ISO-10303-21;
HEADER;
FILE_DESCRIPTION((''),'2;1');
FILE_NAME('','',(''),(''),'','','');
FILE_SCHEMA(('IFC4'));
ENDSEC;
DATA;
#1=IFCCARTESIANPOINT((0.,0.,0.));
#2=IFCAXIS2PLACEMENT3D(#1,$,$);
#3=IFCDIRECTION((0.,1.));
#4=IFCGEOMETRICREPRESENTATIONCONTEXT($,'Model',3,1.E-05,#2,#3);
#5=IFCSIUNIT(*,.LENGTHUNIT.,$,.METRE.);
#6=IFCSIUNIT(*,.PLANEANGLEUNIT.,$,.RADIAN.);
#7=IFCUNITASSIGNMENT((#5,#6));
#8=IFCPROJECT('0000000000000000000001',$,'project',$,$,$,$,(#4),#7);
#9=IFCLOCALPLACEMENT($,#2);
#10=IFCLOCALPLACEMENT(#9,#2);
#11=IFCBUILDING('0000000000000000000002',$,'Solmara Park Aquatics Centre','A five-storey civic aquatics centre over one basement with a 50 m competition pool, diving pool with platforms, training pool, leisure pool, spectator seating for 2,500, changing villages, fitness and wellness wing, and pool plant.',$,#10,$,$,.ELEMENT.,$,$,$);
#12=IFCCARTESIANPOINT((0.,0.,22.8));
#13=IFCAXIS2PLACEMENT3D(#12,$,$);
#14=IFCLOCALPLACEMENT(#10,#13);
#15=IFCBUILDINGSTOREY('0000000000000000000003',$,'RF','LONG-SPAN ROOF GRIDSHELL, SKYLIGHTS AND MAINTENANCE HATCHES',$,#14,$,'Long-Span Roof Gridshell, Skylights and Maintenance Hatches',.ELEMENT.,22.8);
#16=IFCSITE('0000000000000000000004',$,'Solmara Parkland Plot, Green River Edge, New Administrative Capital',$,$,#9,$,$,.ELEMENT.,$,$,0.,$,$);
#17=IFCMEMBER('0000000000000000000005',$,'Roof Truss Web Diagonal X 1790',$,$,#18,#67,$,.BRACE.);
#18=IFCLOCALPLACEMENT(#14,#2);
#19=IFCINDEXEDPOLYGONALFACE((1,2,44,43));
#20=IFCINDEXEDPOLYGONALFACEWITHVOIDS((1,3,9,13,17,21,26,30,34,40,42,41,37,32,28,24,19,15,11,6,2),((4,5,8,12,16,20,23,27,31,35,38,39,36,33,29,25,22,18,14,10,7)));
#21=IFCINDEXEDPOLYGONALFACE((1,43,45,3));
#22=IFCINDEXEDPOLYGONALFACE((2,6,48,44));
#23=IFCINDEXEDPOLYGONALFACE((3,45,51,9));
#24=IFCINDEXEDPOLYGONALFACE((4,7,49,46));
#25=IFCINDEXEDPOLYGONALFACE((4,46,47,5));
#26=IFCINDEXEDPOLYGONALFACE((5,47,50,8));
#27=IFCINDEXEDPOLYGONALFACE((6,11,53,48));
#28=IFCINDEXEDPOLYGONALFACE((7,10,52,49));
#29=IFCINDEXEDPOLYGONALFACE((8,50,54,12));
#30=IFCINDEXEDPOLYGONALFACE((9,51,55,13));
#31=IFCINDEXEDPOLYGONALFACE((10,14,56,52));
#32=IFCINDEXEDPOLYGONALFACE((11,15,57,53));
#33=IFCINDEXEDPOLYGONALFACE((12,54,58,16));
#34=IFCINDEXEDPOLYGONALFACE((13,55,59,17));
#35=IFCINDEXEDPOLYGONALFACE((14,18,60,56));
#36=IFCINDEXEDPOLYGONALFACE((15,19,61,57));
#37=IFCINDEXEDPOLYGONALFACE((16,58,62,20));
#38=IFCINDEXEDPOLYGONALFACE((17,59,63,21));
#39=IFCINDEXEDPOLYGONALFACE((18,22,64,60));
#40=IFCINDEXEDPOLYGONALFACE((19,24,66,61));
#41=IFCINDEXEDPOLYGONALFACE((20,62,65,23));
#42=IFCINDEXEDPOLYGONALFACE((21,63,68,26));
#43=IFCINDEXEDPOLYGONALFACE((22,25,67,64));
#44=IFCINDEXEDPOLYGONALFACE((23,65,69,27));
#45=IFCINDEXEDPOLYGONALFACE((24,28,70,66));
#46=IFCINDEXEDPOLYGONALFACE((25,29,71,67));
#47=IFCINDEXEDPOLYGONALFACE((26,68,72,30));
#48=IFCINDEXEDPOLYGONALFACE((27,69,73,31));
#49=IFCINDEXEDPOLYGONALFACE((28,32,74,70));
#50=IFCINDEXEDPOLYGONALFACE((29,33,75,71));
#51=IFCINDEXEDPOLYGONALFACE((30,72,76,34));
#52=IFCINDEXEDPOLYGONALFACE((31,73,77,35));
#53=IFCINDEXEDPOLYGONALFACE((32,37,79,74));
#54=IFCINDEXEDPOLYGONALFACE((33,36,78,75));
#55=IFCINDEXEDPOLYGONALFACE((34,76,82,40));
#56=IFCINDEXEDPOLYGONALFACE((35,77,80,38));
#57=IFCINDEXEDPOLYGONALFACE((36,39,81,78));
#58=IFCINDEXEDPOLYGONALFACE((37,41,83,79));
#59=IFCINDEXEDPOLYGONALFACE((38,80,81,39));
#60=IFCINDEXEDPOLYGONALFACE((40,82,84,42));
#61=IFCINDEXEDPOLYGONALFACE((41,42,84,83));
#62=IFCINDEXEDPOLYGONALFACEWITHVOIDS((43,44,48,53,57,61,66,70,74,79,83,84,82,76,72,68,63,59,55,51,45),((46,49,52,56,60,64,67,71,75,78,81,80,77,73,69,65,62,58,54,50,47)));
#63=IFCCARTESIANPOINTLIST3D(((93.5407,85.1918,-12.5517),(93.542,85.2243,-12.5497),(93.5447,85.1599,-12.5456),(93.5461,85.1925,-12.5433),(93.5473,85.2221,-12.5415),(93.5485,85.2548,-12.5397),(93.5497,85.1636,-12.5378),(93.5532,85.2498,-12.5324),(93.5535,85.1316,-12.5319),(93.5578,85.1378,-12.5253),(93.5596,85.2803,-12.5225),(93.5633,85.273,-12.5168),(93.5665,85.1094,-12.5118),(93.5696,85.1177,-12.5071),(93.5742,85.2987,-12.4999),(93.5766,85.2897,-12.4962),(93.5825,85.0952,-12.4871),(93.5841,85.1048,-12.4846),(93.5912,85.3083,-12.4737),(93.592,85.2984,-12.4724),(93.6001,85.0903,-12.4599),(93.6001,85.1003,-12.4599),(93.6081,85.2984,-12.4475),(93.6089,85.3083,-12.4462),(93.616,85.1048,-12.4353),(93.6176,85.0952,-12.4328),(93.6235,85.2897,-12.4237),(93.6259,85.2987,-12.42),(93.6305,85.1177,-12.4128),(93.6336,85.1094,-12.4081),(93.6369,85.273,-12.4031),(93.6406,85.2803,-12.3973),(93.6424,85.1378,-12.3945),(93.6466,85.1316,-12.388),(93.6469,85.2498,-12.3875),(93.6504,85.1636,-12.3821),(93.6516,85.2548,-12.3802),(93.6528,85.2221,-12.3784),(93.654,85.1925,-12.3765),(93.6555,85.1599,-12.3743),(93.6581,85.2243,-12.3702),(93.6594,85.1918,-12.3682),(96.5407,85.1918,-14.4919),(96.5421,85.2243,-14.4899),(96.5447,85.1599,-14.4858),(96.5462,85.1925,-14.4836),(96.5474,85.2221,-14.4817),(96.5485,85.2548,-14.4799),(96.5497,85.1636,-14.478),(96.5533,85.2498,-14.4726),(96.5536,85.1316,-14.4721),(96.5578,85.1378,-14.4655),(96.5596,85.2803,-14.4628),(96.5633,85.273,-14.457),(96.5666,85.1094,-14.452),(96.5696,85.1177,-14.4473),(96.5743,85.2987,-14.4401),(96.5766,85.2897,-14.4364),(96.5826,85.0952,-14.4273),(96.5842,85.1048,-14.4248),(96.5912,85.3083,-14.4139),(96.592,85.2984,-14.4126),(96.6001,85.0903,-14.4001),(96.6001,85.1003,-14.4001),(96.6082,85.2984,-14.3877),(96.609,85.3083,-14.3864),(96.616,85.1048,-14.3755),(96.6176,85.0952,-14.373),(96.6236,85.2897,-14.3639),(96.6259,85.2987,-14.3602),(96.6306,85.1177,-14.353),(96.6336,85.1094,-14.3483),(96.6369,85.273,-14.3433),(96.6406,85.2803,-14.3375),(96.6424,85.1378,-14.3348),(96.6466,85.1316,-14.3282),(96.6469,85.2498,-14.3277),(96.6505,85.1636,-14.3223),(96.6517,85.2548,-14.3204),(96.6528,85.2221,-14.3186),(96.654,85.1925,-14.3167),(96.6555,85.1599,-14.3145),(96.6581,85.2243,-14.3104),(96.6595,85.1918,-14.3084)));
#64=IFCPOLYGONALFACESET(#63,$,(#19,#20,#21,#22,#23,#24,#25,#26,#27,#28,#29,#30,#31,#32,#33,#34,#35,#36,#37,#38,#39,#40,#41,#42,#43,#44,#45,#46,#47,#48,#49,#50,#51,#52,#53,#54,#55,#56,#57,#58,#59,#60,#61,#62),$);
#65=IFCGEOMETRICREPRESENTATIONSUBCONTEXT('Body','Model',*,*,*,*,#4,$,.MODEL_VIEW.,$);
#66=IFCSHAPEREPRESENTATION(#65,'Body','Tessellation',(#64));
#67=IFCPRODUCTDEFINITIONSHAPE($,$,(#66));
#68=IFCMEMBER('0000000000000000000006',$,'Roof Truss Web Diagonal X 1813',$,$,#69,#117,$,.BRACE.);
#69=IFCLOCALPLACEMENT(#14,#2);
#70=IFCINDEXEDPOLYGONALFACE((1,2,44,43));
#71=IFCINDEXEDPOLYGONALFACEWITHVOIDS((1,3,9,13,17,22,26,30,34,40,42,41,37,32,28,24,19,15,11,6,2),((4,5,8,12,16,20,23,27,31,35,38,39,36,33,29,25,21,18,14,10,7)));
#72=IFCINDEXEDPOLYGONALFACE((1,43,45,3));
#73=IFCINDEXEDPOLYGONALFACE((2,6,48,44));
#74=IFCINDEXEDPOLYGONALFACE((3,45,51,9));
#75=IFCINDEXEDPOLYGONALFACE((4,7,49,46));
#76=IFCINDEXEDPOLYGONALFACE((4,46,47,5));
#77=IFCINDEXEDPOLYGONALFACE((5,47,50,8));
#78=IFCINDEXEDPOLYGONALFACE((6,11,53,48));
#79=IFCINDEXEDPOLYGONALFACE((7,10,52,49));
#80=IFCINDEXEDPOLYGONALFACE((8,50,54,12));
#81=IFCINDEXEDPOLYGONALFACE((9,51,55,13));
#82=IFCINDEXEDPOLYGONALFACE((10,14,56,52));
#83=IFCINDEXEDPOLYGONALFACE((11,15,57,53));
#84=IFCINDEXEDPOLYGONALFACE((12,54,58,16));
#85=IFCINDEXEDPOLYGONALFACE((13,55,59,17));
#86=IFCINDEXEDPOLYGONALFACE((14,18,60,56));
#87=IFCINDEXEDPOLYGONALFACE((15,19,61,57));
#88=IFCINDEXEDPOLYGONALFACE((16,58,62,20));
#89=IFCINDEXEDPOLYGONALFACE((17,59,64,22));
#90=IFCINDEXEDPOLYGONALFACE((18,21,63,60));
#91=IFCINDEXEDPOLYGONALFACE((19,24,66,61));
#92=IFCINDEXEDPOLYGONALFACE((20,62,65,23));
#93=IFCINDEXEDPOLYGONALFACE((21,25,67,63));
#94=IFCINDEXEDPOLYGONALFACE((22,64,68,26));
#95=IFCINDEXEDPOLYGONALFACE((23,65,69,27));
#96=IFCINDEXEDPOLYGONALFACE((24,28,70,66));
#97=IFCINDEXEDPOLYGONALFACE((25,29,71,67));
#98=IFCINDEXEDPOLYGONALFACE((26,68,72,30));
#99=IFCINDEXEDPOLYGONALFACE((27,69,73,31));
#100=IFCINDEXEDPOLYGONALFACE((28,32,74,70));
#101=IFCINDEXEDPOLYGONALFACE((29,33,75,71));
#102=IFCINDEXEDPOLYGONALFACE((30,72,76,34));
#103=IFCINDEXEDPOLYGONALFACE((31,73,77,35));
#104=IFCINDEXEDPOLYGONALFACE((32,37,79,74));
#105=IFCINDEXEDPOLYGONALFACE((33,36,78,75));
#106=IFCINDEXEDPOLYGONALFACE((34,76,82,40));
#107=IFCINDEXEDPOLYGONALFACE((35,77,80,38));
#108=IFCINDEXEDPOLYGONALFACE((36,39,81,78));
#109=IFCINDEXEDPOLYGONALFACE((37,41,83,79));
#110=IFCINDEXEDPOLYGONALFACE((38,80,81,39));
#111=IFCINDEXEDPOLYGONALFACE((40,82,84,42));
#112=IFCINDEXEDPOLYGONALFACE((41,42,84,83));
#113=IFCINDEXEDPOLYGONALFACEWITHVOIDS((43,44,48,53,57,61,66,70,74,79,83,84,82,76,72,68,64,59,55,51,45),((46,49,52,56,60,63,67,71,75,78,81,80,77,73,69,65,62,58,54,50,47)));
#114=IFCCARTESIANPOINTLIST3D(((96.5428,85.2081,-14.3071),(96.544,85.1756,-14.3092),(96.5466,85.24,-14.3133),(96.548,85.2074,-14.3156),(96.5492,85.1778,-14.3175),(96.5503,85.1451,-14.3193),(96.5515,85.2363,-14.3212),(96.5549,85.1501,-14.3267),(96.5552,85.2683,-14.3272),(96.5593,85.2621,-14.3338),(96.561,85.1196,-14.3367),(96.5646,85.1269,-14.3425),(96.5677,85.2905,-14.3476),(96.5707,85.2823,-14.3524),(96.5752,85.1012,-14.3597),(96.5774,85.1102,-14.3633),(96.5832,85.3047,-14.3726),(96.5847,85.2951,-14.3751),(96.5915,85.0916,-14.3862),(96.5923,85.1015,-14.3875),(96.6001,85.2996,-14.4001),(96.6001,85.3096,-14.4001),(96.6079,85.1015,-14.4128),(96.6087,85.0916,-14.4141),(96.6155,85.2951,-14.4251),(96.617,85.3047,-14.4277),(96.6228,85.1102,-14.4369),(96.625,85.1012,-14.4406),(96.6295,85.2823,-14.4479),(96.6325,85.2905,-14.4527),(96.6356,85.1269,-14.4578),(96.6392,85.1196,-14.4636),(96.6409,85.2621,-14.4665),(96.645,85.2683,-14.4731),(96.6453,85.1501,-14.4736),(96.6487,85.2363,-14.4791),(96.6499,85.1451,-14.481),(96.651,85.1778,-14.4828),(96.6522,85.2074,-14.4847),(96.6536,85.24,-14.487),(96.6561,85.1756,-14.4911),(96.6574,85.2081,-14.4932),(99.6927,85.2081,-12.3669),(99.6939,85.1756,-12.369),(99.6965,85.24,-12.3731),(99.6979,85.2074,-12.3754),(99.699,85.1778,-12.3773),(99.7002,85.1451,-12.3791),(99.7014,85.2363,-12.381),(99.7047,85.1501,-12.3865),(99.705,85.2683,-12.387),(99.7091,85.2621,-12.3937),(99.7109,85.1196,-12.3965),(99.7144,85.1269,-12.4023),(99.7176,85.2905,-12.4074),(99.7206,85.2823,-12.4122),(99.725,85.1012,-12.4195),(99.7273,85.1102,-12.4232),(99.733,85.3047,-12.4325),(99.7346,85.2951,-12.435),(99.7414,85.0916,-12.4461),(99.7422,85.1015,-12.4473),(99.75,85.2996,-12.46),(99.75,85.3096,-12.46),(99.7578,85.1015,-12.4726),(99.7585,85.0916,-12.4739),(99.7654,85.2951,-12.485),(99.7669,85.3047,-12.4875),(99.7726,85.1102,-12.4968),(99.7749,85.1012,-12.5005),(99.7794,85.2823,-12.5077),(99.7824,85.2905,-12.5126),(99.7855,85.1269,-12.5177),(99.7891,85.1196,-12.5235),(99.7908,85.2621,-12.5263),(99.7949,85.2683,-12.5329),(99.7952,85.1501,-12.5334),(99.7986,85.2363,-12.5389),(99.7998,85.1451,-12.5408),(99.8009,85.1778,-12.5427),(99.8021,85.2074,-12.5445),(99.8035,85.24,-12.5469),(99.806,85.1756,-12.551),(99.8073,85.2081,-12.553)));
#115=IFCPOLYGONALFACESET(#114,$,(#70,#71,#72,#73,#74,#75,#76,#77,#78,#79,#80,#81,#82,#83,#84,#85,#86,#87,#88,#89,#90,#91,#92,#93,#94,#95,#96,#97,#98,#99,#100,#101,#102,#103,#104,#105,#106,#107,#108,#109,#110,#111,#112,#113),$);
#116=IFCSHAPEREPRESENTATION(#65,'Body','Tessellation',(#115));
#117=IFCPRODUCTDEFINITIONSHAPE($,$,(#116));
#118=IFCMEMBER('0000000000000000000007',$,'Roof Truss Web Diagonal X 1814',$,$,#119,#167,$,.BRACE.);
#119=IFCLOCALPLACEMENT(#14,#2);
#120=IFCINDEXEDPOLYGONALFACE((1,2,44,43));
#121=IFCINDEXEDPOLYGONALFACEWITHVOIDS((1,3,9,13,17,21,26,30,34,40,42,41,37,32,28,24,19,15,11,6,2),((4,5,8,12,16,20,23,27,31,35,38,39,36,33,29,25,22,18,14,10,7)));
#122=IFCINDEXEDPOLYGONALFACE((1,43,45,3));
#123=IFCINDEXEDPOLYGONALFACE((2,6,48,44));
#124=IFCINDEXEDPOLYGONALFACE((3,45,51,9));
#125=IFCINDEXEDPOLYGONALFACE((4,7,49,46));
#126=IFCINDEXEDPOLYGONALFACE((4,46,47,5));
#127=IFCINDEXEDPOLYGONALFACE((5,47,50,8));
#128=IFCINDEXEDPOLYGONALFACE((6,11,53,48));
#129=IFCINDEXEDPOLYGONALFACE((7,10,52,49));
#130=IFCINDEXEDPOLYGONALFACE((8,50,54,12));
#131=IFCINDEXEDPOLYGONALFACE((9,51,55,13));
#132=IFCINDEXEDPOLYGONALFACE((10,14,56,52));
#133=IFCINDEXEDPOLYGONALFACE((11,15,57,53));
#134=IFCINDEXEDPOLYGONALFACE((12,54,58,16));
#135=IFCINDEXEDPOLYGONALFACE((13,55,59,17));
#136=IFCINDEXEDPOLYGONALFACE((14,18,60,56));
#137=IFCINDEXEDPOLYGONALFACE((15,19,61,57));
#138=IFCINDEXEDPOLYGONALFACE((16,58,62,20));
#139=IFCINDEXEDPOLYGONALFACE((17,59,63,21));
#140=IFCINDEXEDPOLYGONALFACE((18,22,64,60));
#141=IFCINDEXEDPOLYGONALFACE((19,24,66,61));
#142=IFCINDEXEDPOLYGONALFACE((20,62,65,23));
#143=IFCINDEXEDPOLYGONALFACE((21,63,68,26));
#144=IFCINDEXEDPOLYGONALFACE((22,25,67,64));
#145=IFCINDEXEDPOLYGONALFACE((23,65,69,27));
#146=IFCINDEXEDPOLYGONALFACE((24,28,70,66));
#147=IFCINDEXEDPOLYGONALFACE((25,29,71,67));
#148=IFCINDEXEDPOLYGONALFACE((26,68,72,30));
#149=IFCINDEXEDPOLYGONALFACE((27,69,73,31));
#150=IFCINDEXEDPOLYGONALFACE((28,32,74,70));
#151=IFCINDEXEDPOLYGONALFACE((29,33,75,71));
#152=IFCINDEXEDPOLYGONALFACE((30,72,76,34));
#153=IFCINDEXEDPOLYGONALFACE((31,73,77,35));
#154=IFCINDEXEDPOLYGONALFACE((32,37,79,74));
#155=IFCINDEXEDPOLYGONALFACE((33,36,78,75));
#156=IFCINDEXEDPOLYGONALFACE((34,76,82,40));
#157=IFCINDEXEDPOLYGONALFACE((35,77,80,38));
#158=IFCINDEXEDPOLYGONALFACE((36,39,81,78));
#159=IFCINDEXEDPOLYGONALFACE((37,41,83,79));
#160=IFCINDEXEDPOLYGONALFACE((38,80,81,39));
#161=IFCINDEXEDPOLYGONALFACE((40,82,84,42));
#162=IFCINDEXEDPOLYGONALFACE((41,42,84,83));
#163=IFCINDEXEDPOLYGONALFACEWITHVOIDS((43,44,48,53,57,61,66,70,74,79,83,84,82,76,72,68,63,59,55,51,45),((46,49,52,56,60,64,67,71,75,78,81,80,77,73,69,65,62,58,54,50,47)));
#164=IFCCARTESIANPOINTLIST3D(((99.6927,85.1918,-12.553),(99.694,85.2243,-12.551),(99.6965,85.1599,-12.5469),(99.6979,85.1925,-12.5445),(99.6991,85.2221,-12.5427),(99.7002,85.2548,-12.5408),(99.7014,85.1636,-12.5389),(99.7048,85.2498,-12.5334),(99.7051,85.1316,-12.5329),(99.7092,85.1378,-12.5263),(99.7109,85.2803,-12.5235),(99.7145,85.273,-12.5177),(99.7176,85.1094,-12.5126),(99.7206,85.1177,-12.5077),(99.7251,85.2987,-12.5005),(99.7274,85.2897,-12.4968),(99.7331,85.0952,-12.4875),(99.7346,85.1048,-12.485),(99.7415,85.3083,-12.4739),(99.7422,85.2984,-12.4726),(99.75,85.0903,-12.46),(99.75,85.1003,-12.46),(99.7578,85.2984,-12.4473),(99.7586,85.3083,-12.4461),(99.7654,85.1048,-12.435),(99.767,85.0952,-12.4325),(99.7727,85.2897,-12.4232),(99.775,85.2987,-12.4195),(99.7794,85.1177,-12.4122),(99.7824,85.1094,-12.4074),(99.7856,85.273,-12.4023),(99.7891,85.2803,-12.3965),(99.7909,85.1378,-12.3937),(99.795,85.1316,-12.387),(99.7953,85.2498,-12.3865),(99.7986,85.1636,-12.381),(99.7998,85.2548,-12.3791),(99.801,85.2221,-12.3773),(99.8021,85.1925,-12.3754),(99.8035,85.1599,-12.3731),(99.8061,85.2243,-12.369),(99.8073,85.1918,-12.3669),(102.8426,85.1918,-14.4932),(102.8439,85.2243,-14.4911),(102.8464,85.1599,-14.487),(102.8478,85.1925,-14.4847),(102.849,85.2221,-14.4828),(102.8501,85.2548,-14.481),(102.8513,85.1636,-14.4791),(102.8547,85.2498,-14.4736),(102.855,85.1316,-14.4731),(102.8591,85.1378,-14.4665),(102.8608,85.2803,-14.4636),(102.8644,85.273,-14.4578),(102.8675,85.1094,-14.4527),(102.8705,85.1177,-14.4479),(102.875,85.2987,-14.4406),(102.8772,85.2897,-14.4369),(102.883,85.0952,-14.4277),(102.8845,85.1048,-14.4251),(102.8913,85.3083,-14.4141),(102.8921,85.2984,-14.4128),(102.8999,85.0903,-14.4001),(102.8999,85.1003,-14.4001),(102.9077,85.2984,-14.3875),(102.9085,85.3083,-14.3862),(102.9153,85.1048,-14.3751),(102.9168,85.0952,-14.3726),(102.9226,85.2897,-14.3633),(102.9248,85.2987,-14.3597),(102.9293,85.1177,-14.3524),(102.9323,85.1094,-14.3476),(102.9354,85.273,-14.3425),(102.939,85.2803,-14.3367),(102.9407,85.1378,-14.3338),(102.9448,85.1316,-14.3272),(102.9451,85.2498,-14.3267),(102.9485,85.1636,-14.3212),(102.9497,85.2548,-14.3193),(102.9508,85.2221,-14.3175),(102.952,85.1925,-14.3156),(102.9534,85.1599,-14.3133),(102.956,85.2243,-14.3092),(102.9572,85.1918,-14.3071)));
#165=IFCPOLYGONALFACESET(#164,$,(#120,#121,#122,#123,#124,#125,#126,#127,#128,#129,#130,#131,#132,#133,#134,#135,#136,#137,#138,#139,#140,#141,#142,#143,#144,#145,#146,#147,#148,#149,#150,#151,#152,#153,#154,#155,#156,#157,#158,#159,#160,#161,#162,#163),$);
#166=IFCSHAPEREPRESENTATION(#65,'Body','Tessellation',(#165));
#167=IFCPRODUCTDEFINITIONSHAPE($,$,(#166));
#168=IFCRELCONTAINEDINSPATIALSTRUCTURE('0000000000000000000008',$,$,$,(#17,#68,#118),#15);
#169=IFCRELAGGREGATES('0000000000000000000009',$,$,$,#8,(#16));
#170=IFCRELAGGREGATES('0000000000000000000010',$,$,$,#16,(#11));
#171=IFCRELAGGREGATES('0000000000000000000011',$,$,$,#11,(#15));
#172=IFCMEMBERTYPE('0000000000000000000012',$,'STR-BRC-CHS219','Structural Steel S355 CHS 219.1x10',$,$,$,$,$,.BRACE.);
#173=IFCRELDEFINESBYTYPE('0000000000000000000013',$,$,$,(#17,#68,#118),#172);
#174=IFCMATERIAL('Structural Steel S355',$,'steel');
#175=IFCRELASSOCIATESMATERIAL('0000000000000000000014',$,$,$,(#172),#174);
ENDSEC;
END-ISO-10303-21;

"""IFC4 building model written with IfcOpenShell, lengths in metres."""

from ifc_helpers import new_model, si_unit, direction, frame, origin, origin_2d, place, context, subcontext, project, spatial, hollow_circle, extrude, material, material_profile, profile_set, type_object, element, save


model = new_model("IFC4")

# Units and contexts
model_context = context("Model", 3, precision=1e-05, world=origin(), true_north=direction((0.0, 1.0)))
body_context = subcontext(model_context, "Body", "Model", "MODEL_VIEW")
ifc_project = project(units=[si_unit("LENGTHUNIT", "METRE"), si_unit("PLANEANGLEUNIT", "RADIAN")], contexts=[model_context])

# Site, building, storey
site_placement = place(None, origin())
site = spatial("IfcSite", under=ifc_project, at=site_placement, Name="Solmara Parkland Plot, Green River Edge, New Administrative Capital", CompositionType="ELEMENT", RefElevation=0.0)
building_placement = place(site_placement, origin())
building = spatial("IfcBuilding", under=site, at=building_placement, Name="Solmara Park Aquatics Centre", Description="A five-storey civic aquatics centre over one basement with a 50 m competition pool, diving pool with platforms, training pool, leisure pool, spectator seating for 2,500, changing villages, fitness and wellness wing, and pool plant.", CompositionType="ELEMENT")
storey_placement = place(building_placement, frame((0.0, 0.0, 22.8)))
storey = spatial("IfcBuildingStorey", under=building, at=storey_placement, Name="RF", Description="LONG-SPAN ROOF GRIDSHELL, SKYLIGHTS AND MAINTENANCE HATCHES", LongName="Long-Span Roof Gridshell, Skylights and Maintenance Hatches", CompositionType="ELEMENT", Elevation=22.8)

# Shared definitions
ifc_material_1 = material(Name="Structural Steel S355", Category="steel")

# Members
ifc_material_profile_1 = material_profile(ifc_material_1, hollow_circle(Radius=0.1096, WallThickness=0.01, at=origin_2d()), Name="CHS 219.1x10")
ifc_profile_set_1 = profile_set([ifc_material_profile_1], Name="Structural Steel S355")
member_type_1 = type_object("IfcMemberType", Name="STR-BRC-CHS219", Description="Structural Steel S355 CHS 219.1x10", PredefinedType="BRACE", material=ifc_profile_set_1)
member_1_placement = place(storey_placement, frame((96.6001, 85.2, -14.4001), z_axis=(-0.839697, 0.0, 0.543056), x_axis=(0.0, -1.0, 0.0)))
element("IfcMember", 1, at=member_1_placement, inside=storey, type_object=member_type_1, Name="Roof Truss Web Diagonal X 1790", PredefinedType="BRACE", context=body_context, shape_type="SweptSolid", body=[
    extrude(hollow_circle(Radius=0.1096, WallThickness=0.01, at=origin_2d()), origin(), (0.0, 0.0, 1.0), 3.5728),
])
for number, where, z_axis, x_axis, name in (
    (2, (96.6001, 85.2, -14.4001), (0.851443, 0.0, 0.524447), (0.0, 1.0, 0.0), "Roof Truss Web Diagonal X 1813"),
    (3, (102.8999, 85.2, -14.4001), (-0.851443, 0.0, 0.524447), (0.0, -1.0, 0.0), "Roof Truss Web Diagonal X 1814"),
):
    element("IfcMember", number, at=place(storey_placement, frame(where, z_axis=z_axis, x_axis=x_axis)), inside=storey, type_object=member_type_1, Name=name, PredefinedType="BRACE", context=body_context, shape_type="SweptSolid", body=[
        extrude(hollow_circle(Radius=0.1096, WallThickness=0.01, at=origin_2d()), origin(), (0.0, 0.0, 1.0), 3.6995),
    ])

save(model, "model.ifc")
